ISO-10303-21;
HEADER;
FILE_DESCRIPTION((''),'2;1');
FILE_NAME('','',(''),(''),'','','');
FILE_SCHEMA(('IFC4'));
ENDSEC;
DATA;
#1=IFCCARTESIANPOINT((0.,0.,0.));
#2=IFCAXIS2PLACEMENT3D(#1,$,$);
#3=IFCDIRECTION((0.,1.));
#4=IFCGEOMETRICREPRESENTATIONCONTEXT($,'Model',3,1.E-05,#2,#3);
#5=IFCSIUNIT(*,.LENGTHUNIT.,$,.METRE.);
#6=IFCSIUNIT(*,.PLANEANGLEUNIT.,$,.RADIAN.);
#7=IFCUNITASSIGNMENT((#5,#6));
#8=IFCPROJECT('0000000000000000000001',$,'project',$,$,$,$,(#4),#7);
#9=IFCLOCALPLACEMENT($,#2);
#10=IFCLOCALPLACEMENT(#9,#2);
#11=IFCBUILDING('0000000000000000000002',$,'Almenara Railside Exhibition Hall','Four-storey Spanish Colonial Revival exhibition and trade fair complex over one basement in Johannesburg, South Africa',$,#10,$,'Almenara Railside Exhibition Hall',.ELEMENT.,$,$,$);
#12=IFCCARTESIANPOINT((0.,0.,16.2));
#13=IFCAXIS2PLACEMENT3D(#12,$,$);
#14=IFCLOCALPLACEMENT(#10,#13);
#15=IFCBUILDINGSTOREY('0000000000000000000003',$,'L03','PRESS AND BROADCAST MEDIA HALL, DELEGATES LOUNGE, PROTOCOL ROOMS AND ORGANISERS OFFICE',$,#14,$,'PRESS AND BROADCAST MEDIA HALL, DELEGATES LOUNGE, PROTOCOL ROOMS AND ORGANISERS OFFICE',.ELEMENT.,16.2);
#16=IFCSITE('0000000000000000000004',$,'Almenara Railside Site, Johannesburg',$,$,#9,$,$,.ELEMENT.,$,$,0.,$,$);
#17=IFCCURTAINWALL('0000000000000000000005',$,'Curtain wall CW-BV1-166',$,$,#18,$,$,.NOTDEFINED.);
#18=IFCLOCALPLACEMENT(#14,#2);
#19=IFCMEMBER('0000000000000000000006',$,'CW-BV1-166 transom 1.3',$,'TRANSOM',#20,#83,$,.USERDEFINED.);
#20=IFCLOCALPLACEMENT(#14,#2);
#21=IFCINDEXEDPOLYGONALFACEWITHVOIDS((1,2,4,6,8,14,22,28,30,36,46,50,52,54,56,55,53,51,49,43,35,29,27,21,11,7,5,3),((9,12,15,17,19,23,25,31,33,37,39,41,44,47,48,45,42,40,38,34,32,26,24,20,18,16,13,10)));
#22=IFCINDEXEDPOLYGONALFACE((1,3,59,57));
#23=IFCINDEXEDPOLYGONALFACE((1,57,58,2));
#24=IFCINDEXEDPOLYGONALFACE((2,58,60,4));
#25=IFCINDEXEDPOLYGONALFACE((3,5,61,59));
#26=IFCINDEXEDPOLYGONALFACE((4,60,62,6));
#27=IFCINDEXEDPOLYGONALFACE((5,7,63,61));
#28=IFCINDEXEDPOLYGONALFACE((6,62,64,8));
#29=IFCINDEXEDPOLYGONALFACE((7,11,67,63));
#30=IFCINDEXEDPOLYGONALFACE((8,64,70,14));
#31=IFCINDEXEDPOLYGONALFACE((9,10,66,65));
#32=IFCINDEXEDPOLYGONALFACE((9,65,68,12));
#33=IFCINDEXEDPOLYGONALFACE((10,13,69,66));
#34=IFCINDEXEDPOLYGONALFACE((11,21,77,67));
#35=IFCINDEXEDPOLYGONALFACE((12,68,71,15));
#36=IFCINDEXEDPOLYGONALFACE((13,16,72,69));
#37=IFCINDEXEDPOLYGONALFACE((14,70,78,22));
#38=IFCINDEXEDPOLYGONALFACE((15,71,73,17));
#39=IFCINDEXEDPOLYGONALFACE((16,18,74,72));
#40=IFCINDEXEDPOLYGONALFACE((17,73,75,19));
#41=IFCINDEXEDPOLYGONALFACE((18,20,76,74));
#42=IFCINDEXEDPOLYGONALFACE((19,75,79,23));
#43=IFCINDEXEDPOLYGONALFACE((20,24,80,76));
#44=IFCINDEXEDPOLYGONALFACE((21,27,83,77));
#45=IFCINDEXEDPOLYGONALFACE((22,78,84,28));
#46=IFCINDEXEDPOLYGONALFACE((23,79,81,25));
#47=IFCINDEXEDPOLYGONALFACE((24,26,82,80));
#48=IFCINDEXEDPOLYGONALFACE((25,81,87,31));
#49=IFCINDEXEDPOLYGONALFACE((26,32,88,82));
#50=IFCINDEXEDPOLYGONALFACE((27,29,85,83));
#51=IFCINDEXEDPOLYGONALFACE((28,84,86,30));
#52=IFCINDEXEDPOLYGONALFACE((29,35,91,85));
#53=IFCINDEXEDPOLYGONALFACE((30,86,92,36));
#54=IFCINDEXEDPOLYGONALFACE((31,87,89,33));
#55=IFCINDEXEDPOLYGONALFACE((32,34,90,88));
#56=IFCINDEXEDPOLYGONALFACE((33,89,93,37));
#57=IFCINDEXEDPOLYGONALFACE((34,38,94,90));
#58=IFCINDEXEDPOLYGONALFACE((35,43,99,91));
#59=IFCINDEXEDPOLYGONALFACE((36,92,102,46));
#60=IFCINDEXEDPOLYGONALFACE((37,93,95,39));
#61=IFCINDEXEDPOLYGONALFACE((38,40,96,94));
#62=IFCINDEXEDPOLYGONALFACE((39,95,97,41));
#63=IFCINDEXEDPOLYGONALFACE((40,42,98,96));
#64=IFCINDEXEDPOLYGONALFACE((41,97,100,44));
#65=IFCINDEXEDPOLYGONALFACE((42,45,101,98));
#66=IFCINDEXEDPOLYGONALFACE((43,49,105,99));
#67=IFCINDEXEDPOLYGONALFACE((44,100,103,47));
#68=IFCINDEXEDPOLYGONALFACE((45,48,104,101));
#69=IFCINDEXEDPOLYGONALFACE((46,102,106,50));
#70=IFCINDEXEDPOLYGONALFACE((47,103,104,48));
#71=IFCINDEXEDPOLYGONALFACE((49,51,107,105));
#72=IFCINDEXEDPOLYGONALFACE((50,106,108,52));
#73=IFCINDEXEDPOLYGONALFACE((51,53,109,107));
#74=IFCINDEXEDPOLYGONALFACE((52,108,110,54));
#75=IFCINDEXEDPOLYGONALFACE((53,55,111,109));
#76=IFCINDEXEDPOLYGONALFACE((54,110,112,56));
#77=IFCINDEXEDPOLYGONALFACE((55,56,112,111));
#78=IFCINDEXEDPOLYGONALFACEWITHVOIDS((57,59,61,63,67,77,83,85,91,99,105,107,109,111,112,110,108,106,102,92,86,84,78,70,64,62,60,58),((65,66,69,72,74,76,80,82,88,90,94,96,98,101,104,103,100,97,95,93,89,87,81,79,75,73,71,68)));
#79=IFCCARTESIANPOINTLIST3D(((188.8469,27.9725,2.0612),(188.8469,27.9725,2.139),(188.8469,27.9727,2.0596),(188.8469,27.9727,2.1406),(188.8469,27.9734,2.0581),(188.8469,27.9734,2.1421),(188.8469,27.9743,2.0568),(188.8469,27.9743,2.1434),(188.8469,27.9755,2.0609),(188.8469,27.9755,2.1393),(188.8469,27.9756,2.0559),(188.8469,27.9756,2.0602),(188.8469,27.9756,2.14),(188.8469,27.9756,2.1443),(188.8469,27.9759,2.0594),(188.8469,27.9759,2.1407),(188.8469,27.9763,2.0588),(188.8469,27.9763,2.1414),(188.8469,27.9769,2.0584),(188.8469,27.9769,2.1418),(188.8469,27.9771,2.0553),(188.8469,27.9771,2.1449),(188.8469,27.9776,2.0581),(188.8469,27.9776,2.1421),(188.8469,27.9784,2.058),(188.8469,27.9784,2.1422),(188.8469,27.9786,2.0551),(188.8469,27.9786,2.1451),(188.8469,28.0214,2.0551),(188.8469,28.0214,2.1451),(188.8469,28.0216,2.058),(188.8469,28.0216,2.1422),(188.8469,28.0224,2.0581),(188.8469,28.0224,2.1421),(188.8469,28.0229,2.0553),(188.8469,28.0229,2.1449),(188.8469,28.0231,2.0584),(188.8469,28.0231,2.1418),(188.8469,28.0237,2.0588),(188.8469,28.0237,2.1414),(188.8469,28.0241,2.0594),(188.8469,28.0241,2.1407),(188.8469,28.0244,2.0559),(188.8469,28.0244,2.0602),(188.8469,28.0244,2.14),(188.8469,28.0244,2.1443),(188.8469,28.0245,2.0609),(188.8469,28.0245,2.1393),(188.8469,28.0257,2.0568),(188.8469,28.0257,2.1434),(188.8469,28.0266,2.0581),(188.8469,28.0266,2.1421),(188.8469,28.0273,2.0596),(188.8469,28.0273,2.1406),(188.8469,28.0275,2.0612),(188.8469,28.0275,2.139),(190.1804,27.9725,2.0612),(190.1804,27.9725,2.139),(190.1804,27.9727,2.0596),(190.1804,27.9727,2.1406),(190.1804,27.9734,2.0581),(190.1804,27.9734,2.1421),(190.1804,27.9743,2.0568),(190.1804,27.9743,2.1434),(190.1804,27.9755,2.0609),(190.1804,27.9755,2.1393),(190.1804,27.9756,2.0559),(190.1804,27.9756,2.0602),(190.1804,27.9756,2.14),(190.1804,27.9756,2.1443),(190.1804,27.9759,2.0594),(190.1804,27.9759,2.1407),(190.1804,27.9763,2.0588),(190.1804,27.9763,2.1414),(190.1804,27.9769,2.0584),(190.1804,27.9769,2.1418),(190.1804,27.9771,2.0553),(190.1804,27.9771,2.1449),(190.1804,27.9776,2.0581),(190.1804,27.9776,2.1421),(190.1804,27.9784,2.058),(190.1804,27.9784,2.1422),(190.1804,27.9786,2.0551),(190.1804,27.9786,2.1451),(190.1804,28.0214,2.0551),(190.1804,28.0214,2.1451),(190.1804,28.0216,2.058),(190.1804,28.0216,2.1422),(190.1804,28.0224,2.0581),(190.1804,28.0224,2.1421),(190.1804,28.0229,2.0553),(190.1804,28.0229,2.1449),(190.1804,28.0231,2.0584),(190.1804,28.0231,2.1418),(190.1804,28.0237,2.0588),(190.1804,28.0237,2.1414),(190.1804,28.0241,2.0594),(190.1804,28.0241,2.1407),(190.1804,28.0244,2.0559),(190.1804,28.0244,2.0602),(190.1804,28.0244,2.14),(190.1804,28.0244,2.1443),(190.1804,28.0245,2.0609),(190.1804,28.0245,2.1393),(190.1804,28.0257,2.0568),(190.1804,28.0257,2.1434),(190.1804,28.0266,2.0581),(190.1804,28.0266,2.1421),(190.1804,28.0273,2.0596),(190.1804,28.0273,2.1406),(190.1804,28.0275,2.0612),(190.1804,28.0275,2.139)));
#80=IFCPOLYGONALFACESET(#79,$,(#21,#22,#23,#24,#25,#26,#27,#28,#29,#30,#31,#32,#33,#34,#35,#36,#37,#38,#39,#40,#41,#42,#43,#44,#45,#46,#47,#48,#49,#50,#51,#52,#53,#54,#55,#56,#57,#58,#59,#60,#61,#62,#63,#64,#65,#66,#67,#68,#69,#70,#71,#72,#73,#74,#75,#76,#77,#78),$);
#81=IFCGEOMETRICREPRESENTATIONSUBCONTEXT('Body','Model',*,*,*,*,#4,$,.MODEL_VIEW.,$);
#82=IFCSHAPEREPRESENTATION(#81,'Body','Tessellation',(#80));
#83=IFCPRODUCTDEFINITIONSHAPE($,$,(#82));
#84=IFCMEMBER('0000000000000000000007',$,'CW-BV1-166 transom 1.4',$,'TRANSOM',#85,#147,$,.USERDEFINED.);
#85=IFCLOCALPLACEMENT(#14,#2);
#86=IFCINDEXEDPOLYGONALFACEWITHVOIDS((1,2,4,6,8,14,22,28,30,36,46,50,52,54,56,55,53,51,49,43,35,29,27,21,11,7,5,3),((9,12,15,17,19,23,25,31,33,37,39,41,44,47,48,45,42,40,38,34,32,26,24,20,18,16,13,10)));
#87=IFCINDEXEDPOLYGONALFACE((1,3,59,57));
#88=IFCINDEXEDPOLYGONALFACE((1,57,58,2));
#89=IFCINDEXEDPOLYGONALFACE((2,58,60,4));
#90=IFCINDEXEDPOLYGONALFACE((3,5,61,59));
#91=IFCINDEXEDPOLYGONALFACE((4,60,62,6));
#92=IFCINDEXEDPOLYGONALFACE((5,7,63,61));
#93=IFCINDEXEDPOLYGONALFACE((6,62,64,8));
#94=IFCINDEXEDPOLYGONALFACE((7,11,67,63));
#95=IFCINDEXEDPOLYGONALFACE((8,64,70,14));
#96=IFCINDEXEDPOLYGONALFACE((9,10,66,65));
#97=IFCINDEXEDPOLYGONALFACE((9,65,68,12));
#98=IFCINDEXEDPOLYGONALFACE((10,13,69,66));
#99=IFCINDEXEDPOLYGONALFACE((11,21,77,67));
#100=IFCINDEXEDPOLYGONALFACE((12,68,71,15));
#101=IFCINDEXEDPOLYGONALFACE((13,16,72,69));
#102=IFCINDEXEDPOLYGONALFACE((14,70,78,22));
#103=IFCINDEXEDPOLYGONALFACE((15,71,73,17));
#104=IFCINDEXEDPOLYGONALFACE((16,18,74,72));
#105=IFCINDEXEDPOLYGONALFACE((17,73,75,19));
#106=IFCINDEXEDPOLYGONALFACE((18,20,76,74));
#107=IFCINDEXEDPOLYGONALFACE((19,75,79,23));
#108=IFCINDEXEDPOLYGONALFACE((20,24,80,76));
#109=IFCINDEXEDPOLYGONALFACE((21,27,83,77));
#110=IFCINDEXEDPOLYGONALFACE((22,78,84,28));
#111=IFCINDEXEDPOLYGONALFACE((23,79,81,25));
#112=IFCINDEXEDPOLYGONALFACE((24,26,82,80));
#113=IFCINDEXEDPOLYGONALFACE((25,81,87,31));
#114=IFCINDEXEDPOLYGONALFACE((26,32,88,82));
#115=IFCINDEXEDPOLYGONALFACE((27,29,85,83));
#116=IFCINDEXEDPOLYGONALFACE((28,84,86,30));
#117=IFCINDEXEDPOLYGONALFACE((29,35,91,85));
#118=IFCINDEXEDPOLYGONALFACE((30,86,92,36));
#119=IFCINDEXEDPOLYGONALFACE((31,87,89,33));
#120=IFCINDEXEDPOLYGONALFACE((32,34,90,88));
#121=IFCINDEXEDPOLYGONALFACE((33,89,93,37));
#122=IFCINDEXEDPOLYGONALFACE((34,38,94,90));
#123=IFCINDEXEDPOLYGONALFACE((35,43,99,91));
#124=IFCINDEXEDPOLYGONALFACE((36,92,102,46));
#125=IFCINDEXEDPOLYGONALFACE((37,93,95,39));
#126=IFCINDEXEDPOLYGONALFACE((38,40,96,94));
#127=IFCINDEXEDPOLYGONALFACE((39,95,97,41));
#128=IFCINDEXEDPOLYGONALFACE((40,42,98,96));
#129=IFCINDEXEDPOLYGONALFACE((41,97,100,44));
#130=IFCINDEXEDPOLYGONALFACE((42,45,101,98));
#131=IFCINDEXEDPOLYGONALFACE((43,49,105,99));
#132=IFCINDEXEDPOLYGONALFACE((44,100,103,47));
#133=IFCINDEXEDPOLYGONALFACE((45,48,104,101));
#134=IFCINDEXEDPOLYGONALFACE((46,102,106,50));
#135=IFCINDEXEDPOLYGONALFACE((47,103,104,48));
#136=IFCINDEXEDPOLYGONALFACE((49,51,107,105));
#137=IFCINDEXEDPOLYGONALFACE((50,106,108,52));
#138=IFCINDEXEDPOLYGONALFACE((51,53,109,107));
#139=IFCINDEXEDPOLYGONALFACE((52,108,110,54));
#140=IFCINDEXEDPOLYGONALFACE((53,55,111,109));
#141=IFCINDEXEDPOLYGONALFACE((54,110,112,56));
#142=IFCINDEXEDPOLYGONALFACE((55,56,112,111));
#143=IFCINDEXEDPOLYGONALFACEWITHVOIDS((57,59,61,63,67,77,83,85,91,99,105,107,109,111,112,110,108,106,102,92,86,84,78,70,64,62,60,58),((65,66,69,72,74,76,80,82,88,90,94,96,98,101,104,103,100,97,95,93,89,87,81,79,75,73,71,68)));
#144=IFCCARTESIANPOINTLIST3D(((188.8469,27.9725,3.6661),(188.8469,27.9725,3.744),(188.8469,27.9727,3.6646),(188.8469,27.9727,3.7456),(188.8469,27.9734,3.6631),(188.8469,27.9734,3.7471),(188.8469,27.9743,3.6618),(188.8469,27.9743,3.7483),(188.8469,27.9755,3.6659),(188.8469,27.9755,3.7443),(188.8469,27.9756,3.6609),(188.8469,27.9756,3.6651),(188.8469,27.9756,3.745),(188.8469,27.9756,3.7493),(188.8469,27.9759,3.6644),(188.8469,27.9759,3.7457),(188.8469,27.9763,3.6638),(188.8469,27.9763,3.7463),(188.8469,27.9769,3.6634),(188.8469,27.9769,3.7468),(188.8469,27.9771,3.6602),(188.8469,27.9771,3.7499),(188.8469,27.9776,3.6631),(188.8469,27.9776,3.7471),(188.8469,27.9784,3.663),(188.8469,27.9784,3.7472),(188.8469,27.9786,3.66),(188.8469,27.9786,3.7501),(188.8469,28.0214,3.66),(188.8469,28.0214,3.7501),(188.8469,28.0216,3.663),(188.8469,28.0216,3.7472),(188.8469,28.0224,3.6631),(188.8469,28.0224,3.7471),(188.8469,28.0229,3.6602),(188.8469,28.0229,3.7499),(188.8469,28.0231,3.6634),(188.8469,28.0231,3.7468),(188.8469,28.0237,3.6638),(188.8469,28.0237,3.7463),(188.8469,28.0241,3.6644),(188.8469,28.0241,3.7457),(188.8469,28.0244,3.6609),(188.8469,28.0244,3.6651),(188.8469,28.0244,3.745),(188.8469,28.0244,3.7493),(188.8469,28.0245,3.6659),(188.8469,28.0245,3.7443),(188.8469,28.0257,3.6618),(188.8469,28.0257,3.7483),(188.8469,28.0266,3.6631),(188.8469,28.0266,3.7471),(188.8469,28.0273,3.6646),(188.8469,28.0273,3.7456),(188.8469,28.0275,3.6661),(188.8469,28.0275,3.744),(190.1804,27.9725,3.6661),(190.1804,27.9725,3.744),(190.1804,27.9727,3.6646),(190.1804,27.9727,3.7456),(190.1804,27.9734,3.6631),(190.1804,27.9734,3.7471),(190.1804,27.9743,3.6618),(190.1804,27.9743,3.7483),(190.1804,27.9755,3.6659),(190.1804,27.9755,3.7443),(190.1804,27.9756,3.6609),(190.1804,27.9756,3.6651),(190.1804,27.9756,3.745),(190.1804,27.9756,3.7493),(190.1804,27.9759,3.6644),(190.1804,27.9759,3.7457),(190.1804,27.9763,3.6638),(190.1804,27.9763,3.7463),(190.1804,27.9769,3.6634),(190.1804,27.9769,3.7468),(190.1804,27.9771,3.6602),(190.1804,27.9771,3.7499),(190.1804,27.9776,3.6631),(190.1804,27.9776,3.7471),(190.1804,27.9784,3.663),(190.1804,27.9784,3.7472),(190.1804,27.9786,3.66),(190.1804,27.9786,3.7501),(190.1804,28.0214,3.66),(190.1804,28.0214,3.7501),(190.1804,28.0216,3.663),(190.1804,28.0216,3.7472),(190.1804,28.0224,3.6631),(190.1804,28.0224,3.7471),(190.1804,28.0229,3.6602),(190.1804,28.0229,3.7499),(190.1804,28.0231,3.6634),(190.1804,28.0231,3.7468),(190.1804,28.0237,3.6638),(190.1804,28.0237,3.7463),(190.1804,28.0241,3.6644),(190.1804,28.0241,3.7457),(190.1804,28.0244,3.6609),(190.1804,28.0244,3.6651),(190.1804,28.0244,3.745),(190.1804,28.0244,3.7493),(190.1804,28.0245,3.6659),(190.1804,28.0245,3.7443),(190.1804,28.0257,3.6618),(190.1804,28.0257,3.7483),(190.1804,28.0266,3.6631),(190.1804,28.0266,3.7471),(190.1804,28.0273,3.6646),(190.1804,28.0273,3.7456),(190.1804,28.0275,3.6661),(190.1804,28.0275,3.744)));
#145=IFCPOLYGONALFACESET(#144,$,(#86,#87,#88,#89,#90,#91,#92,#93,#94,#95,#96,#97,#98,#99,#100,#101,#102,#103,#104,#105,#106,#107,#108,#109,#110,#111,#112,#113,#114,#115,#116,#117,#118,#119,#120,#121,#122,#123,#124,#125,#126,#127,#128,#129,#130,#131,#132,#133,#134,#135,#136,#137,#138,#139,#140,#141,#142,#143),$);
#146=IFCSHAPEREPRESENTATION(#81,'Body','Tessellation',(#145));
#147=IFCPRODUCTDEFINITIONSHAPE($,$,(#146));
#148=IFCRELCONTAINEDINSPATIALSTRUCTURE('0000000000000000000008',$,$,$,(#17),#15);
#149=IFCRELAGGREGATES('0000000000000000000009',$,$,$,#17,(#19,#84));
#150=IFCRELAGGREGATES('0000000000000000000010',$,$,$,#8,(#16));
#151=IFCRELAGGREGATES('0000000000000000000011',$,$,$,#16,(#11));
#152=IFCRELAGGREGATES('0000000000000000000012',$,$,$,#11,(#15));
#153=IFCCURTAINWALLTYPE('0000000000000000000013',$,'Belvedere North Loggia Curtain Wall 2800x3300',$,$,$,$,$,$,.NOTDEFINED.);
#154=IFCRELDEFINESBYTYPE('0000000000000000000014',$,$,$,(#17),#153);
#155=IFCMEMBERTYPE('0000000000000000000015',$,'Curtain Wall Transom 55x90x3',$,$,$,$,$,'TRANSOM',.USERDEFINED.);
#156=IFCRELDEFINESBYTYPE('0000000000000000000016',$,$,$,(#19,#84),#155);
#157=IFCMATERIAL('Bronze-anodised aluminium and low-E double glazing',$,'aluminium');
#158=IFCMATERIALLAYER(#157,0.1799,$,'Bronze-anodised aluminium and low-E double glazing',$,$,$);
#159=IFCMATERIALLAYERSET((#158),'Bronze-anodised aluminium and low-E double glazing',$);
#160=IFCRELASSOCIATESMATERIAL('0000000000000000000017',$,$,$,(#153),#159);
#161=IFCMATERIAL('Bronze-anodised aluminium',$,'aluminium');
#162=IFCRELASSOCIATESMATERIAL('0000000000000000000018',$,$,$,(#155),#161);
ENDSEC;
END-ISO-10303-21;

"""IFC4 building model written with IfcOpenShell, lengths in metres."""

from ifc_helpers import new_model, si_unit, direction, frame, origin, origin_2d, place, context, subcontext, project, spatial, hollow_rectangle, extrude, material, layer, layer_set, material_profile, profile_set, type_object, element, aggregate, save


model = new_model("IFC4")

# Units and contexts
model_context = context("Model", 3, precision=1e-05, world=origin(), true_north=direction((0.0, 1.0)))
body_context = subcontext(model_context, "Body", "Model", "MODEL_VIEW")
ifc_project = project(units=[si_unit("LENGTHUNIT", "METRE"), si_unit("PLANEANGLEUNIT", "RADIAN")], contexts=[model_context])

# Site, building, storey
site_placement = place(None, origin())
site = spatial("IfcSite", under=ifc_project, at=site_placement, Name="Almenara Railside Site, Johannesburg", CompositionType="ELEMENT", RefElevation=0.0)
building_placement = place(site_placement, origin())
building = spatial("IfcBuilding", under=site, at=building_placement, Name="Almenara Railside Exhibition Hall", Description="Four-storey Spanish Colonial Revival exhibition and trade fair complex over one basement in Johannesburg, South Africa", LongName="Almenara Railside Exhibition Hall", CompositionType="ELEMENT")
storey_placement = place(building_placement, frame((0.0, 0.0, 16.2)))
storey = spatial("IfcBuildingStorey", under=building, at=storey_placement, Name="L03", Description="PRESS AND BROADCAST MEDIA HALL, DELEGATES LOUNGE, PROTOCOL ROOMS AND ORGANISERS OFFICE", LongName="PRESS AND BROADCAST MEDIA HALL, DELEGATES LOUNGE, PROTOCOL ROOMS AND ORGANISERS OFFICE", CompositionType="ELEMENT", Elevation=16.2)

# Curtain wall
ifc_material_1 = material(Name="Bronze-anodised aluminium and low-E double glazing", Category="aluminium")
ifc_layer_1 = layer(ifc_material_1, 0.1799, Name="Bronze-anodised aluminium and low-E double glazing")
ifc_layer_set_1 = layer_set([ifc_layer_1], Name="Bronze-anodised aluminium and low-E double glazing")
curtain_wall_type = type_object("IfcCurtainWallType", Name="Belvedere North Loggia Curtain Wall 2800x3300", PredefinedType="NOTDEFINED", material=ifc_layer_set_1)
curtain_wall_1_placement = place(storey_placement, origin())
curtain_wall_1 = element("IfcCurtainWall", 1, at=curtain_wall_1_placement, inside=storey, type_object=curtain_wall_type, Name="Curtain wall CW-BV1-166", PredefinedType="NOTDEFINED")
ifc_material_2 = material(Name="Bronze-anodised aluminium", Category="aluminium")

# Members
ifc_material_profile_1 = material_profile(ifc_material_2, hollow_rectangle(XDim=0.0549, YDim=0.0901, WallThickness=0.0029, InnerFilletRadius=0.0029, OuterFilletRadius=0.0061, at=origin_2d()), Name="ALU-TRN 55x90x3")
ifc_profile_set_1 = profile_set([ifc_material_profile_1], Name="Bronze-anodised aluminium")
member_type_1 = type_object("IfcMemberType", Name="Curtain Wall Transom 55x90x3", ElementType="TRANSOM", PredefinedType="USERDEFINED", material=ifc_profile_set_1)
member_1_placement = place(storey_placement, frame((188.8469, 28.0, 2.1001), z_axis=(1.0, 0.0, 0.0), x_axis=(0.0, 1.0, 0.0)))
member_1 = element("IfcMember", 2, at=member_1_placement, type_object=member_type_1, Name="CW-BV1-166 transom 1.3", ObjectType="TRANSOM", PredefinedType="USERDEFINED", context=body_context, shape_type="SweptSolid", body=[
    extrude(hollow_rectangle(XDim=0.0549, YDim=0.0901, WallThickness=0.0029, InnerFilletRadius=0.0029, OuterFilletRadius=0.0061, at=origin_2d()), origin(), (0.0, 0.0, 1.0), 1.3335),
])
member_2_placement = place(storey_placement, frame((188.8469, 28.0, 3.7051), z_axis=(1.0, 0.0, 0.0), x_axis=(0.0, 1.0, 0.0)))
member_2 = element("IfcMember", 3, at=member_2_placement, type_object=member_type_1, Name="CW-BV1-166 transom 1.4", ObjectType="TRANSOM", PredefinedType="USERDEFINED", context=body_context, shape_type="SweptSolid", body=[
    extrude(hollow_rectangle(XDim=0.0549, YDim=0.0901, WallThickness=0.0029, InnerFilletRadius=0.0029, OuterFilletRadius=0.0061, at=origin_2d()), origin(), (0.0, 0.0, 1.0), 1.3335),
])
aggregate(curtain_wall_1, [member_1, member_2])

save(model, "model.ifc")
